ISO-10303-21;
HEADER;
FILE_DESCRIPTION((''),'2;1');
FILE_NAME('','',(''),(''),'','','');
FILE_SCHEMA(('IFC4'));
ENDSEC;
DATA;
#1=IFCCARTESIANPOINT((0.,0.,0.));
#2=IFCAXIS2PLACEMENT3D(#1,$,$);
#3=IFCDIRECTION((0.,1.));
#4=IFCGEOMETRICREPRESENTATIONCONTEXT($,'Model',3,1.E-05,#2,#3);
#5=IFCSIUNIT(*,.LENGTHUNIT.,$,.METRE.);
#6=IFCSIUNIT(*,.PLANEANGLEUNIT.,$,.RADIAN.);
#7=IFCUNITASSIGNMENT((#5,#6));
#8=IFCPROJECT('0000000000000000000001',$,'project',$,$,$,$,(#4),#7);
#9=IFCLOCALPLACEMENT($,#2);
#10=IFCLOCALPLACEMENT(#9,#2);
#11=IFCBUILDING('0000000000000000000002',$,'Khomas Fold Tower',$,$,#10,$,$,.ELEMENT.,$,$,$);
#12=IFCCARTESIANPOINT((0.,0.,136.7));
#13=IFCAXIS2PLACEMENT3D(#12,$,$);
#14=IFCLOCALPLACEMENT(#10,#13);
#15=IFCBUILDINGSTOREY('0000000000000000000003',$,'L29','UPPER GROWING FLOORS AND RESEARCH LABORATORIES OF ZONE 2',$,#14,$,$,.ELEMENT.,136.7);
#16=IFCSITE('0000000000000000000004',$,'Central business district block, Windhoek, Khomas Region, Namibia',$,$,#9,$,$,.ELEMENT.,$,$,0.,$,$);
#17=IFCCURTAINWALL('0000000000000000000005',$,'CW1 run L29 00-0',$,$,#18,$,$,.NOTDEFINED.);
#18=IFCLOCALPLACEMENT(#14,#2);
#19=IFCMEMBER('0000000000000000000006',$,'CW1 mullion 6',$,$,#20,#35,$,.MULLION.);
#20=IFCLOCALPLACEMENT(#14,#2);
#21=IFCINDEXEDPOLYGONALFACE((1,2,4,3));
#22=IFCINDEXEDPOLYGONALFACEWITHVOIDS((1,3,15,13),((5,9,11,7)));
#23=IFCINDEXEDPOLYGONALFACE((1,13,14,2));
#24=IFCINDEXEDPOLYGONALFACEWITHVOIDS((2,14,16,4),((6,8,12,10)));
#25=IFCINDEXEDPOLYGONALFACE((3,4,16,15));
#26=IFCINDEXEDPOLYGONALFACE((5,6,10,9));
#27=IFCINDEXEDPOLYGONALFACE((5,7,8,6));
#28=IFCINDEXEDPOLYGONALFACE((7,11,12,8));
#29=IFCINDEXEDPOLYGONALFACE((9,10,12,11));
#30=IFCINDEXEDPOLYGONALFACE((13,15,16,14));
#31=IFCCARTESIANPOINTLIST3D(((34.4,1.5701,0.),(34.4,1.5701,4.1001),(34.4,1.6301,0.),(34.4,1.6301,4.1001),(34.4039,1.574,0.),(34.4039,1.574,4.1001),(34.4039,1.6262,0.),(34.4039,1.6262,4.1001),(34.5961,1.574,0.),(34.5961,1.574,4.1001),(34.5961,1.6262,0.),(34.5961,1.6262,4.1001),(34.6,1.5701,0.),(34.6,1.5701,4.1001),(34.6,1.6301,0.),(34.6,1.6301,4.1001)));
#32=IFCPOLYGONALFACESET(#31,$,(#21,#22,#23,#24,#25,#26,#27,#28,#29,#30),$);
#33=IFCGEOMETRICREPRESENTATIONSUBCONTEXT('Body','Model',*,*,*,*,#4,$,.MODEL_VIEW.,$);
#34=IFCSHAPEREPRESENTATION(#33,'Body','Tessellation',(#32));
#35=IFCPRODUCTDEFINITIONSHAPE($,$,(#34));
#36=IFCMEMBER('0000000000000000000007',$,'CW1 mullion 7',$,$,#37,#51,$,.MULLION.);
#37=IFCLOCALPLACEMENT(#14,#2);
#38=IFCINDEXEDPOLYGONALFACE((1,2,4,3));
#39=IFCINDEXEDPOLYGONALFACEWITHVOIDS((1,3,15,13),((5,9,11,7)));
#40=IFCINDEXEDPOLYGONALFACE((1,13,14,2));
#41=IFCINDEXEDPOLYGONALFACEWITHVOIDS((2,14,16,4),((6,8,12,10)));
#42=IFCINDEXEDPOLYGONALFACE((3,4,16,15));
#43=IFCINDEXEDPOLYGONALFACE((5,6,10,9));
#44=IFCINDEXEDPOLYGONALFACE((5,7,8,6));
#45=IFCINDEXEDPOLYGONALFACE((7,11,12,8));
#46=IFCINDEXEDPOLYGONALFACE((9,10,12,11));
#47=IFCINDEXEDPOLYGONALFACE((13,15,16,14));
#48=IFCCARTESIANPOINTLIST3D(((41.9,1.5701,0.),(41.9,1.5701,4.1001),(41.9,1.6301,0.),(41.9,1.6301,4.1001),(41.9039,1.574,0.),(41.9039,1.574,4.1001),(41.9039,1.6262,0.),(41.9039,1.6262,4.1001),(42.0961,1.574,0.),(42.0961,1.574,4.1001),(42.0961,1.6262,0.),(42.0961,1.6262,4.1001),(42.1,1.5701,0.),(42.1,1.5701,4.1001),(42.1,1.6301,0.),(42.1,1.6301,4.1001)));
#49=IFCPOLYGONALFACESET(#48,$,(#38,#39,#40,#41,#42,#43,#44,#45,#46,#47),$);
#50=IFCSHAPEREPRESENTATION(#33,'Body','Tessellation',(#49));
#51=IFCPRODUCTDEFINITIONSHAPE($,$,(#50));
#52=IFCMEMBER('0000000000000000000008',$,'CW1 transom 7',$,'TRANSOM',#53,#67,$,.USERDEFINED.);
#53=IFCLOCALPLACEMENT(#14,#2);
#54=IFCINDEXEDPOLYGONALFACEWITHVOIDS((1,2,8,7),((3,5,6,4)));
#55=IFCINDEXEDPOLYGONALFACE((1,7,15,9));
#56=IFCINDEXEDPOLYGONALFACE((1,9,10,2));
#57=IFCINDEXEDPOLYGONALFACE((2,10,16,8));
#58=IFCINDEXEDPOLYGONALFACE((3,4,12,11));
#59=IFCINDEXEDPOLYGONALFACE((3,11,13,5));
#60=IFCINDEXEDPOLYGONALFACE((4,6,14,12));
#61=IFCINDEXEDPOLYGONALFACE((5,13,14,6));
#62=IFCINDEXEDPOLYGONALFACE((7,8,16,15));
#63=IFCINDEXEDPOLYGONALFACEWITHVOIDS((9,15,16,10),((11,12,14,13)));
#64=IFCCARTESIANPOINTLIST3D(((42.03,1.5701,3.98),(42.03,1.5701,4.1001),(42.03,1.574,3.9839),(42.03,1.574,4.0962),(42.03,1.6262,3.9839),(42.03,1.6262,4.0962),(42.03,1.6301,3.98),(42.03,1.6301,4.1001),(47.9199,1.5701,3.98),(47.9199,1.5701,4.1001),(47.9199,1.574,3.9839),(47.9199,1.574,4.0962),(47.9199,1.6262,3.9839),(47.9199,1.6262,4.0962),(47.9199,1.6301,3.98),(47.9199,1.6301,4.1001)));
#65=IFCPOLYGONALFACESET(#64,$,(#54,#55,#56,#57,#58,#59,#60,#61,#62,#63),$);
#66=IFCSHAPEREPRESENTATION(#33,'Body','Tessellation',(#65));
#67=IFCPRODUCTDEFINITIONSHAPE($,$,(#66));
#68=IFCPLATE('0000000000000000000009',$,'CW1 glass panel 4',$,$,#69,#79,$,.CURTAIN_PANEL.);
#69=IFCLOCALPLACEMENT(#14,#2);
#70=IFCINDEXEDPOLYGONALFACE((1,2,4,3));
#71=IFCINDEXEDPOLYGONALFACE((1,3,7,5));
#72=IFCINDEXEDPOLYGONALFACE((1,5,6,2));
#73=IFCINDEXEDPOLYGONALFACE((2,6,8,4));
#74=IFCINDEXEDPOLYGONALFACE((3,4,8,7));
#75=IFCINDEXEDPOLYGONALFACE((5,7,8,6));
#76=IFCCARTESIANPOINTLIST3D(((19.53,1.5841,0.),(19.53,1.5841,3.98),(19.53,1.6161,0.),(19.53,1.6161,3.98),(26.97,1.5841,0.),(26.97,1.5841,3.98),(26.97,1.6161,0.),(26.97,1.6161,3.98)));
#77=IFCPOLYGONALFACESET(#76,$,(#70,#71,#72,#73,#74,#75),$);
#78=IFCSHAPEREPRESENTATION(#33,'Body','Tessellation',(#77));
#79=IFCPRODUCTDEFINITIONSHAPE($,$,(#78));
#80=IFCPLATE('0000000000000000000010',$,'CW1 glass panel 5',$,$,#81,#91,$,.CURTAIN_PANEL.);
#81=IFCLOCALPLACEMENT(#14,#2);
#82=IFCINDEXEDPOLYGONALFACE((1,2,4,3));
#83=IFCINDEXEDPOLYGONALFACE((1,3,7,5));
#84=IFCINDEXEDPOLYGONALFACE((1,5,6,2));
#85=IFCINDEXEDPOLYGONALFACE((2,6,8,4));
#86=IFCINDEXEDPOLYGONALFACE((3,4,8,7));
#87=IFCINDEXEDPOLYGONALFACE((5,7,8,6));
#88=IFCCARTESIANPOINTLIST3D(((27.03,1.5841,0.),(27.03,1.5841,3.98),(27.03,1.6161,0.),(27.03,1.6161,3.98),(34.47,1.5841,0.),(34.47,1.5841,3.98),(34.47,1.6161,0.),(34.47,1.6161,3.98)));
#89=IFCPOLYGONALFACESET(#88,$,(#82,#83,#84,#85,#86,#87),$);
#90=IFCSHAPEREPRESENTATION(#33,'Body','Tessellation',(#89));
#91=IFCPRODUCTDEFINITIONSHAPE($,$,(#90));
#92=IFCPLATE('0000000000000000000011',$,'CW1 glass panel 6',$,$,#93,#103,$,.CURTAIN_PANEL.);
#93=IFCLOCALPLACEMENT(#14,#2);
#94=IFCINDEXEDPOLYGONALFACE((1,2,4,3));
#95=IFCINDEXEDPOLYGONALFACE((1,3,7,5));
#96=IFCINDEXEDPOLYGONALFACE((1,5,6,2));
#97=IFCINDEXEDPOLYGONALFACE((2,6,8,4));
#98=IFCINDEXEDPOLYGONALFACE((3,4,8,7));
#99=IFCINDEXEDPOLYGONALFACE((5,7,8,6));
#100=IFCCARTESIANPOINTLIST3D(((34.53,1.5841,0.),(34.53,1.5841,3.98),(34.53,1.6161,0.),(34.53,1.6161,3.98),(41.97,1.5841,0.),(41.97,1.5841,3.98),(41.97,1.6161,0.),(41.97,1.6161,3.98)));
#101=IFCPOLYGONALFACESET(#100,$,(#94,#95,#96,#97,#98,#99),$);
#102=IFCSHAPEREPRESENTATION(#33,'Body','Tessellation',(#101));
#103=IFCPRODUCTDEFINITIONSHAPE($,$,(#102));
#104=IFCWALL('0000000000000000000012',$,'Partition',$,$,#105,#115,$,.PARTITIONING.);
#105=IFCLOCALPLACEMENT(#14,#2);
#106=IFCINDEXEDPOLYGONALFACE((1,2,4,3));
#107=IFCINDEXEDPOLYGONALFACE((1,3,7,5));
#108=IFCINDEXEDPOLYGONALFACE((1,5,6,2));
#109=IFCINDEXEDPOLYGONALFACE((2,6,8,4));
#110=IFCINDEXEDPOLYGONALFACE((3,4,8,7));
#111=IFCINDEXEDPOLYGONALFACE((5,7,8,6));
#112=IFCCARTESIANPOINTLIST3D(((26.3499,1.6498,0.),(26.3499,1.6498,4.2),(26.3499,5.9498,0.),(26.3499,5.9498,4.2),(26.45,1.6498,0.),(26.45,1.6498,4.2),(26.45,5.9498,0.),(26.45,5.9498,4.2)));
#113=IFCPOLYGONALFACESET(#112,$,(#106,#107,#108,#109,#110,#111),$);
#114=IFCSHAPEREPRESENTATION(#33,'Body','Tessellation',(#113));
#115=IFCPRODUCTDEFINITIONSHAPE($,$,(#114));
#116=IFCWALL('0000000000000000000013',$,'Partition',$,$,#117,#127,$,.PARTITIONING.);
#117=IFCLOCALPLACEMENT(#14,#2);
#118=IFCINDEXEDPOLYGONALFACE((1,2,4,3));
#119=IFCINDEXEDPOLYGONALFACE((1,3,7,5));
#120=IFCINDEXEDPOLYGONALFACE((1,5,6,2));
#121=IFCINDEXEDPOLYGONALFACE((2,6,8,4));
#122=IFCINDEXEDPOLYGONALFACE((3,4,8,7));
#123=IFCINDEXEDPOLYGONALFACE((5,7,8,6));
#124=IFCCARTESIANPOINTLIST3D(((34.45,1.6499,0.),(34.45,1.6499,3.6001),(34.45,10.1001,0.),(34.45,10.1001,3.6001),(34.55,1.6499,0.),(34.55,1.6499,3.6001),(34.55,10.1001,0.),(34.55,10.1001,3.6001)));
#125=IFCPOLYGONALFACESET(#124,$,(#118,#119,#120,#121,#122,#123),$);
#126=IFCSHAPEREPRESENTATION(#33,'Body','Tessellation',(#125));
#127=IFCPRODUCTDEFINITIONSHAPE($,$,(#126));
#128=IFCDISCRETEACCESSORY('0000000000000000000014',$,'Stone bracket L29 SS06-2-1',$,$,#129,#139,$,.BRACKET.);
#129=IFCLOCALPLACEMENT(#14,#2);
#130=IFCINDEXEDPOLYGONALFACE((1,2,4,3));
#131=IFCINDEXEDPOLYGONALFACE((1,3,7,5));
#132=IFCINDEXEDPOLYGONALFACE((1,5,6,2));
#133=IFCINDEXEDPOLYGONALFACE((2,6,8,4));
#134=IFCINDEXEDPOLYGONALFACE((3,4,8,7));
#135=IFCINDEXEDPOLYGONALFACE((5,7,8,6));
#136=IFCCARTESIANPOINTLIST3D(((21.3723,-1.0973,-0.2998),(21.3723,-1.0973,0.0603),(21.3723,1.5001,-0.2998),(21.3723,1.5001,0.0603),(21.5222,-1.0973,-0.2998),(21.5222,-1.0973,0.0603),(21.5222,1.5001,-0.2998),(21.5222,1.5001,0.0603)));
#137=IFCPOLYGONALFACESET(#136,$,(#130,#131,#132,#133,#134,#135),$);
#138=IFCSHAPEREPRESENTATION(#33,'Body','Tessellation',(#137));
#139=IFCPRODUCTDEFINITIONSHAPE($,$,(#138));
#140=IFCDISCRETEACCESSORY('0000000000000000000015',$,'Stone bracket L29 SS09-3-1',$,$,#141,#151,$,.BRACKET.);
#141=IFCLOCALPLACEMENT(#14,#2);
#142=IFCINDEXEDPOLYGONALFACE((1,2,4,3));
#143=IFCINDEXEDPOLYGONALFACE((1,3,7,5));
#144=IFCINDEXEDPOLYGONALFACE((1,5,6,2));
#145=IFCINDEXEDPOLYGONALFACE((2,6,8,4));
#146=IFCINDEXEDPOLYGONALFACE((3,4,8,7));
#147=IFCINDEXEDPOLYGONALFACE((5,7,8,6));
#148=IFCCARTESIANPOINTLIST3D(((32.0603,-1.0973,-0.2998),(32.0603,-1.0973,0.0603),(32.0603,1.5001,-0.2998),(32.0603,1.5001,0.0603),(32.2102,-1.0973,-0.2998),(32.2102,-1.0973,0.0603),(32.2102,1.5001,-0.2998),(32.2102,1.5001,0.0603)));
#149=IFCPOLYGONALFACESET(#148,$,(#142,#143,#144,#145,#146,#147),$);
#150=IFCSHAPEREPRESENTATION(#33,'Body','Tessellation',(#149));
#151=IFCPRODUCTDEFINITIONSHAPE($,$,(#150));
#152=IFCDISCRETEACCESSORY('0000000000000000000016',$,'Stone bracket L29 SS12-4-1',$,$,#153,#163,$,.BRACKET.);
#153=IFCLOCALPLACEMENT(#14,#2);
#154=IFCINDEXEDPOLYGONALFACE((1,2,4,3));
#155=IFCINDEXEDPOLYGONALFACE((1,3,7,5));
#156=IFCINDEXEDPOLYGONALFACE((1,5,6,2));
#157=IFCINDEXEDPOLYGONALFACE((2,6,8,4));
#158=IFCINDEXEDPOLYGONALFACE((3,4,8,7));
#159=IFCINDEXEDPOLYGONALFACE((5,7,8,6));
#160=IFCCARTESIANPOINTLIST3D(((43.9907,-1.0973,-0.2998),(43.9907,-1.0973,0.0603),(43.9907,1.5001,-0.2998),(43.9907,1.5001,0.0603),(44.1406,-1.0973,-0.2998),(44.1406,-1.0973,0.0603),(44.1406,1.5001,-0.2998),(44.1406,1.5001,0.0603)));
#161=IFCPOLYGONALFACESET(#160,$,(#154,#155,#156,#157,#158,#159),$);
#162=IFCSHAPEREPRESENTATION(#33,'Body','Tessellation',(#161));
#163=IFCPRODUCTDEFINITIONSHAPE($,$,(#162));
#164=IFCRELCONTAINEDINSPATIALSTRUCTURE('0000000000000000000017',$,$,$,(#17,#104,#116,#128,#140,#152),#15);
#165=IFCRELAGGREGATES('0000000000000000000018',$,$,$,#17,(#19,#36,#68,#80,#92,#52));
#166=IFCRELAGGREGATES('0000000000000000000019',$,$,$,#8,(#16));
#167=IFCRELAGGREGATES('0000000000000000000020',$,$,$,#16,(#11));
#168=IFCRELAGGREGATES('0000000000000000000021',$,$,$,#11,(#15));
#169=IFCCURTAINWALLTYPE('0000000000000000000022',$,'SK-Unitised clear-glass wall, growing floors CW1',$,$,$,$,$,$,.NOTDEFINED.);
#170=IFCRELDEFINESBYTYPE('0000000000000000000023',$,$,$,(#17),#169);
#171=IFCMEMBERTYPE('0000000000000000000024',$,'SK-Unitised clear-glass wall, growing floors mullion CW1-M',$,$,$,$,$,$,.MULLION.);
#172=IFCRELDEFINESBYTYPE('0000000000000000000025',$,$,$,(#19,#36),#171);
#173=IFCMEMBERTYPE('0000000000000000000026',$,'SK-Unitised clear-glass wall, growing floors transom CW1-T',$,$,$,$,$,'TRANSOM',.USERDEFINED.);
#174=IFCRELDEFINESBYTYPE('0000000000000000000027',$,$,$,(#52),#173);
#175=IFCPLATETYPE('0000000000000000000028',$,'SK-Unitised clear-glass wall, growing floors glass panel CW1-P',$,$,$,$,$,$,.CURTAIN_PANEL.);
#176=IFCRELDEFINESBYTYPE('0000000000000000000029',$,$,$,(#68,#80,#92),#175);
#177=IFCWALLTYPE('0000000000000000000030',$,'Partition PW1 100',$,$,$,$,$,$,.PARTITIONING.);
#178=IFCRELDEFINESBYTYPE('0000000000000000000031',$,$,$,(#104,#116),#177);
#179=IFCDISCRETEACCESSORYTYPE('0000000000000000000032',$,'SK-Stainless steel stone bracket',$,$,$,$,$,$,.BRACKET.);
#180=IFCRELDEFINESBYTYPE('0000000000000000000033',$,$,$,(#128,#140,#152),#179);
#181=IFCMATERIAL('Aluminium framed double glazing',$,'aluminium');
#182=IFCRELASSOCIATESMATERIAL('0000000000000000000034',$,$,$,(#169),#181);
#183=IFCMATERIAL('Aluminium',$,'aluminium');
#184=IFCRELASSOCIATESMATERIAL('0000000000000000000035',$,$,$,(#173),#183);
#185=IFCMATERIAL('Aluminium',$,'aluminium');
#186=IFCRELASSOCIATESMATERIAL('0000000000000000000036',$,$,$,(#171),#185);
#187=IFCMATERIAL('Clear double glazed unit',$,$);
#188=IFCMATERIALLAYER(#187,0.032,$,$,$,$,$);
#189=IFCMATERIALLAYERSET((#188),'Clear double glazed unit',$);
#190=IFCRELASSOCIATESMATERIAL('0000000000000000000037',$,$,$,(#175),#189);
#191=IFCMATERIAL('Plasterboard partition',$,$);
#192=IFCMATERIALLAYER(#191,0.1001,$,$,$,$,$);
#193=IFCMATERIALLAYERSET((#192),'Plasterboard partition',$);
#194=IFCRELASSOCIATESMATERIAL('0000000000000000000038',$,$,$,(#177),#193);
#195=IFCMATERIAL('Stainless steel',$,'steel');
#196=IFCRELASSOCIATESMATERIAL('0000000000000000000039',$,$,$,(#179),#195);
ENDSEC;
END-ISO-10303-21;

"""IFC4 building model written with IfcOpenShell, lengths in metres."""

from ifc_helpers import new_model, si_unit, direction, frame, frame_2d, origin, origin_2d, place, context, subcontext, project, spatial, rectangle, hollow_rectangle, extrude, source, transform, mapped, material, layer, layer_set, material_profile, profile_set, type_object, element, aggregate, save


model = new_model("IFC4")

# Units and contexts
model_context = context("Model", 3, precision=1e-05, world=origin(), true_north=direction((0.0, 1.0)))
body_context = subcontext(model_context, "Body", "Model", "MODEL_VIEW")
ifc_project = project(units=[si_unit("LENGTHUNIT", "METRE"), si_unit("PLANEANGLEUNIT", "RADIAN")], contexts=[model_context])

# Site, building, storey
site_placement = place(None, origin())
site = spatial("IfcSite", under=ifc_project, at=site_placement, Name="Central business district block, Windhoek, Khomas Region, Namibia", CompositionType="ELEMENT", RefElevation=0.0)
building_placement = place(site_placement, origin())
building = spatial("IfcBuilding", under=site, at=building_placement, Name="Khomas Fold Tower", CompositionType="ELEMENT")
storey_placement = place(building_placement, frame((0.0, 0.0, 136.7)))
storey = spatial("IfcBuildingStorey", under=building, at=storey_placement, Name="L29", Description="UPPER GROWING FLOORS AND RESEARCH LABORATORIES OF ZONE 2", CompositionType="ELEMENT", Elevation=136.7)

# Curtain wall, members, plates
ifc_material_1 = material(Name="Aluminium framed double glazing", Category="aluminium")
curtain_wall_type = type_object("IfcCurtainWallType", Name="SK-Unitised clear-glass wall, growing floors CW1", PredefinedType="NOTDEFINED", material=ifc_material_1)
curtain_wall_placement = place(storey_placement, origin())
curtain_wall = element("IfcCurtainWall", 1, at=curtain_wall_placement, inside=storey, type_object=curtain_wall_type, Name="CW1 run L29 00-0", PredefinedType="NOTDEFINED")
ifc_material_2 = material(Name="Aluminium", Category="aluminium")
ifc_material_profile_1 = material_profile(ifc_material_2, hollow_rectangle(XDim=0.0601, YDim=0.1201, WallThickness=0.0039, at=origin_2d()), Name="SK-Unitised clear-glass wall, growing floors transom CW1-T")
ifc_profile_set_1 = profile_set([ifc_material_profile_1], Name="Aluminium")
member_type_1 = type_object("IfcMemberType", Name="SK-Unitised clear-glass wall, growing floors transom CW1-T", ElementType="TRANSOM", PredefinedType="USERDEFINED", material=ifc_profile_set_1)
ifc_material_3 = material(Name="Aluminium", Category="aluminium")
ifc_material_profile_2 = material_profile(ifc_material_3, hollow_rectangle(XDim=0.0601, YDim=0.2, WallThickness=0.0039, at=origin_2d()), Name="SK-Unitised clear-glass wall, growing floors mullion CW1-M")
ifc_profile_set_2 = profile_set([ifc_material_profile_2], Name="Aluminium")
member_type_2 = type_object("IfcMemberType", Name="SK-Unitised clear-glass wall, growing floors mullion CW1-M", PredefinedType="MULLION", material=ifc_profile_set_2)
shared_shape_1 = source(origin(), body_context, "Body", "SweptSolid", [
    extrude(hollow_rectangle(XDim=0.0601, YDim=0.2, WallThickness=0.0039, at=origin_2d()), origin(), (0.0, 0.0, 1.0), 4.1001),
])
member_1_placement = place(storey_placement, frame((34.5, 1.6001, 0.0), z_axis=(0.0, 0.0, 1.0), x_axis=(0.0, 1.0, 0.0)))
member_1 = element("IfcMember", 2, at=member_1_placement, type_object=member_type_2, Name="CW1 mullion 6", PredefinedType="MULLION", context=body_context, shape_type="MappedRepresentation", body=[
    mapped(shared_shape_1, transform((0.0, 0.0, 0.0))),
])
member_2_placement = place(storey_placement, frame((42.0, 1.6001, 0.0), z_axis=(0.0, 0.0, 1.0), x_axis=(0.0, 1.0, 0.0)))
member_2 = element("IfcMember", 3, at=member_2_placement, type_object=member_type_2, Name="CW1 mullion 7", PredefinedType="MULLION", context=body_context, shape_type="MappedRepresentation", body=[
    mapped(shared_shape_1, transform((0.0, 0.0, 0.0))),
])
shared_shape_2 = source(origin(), body_context, "Body", "SweptSolid", [
    extrude(hollow_rectangle(XDim=0.0601, YDim=0.1201, WallThickness=0.0039, at=origin_2d()), origin(), (0.0, 0.0, 1.0), 5.8899),
])
member_3_placement = place(storey_placement, frame((42.03, 1.6001, 4.04), z_axis=(1.0, 0.0, 0.0), x_axis=(0.0, 1.0, 0.0)))
member_3 = element("IfcMember", 4, at=member_3_placement, type_object=member_type_1, Name="CW1 transom 7", ObjectType="TRANSOM", PredefinedType="USERDEFINED", context=body_context, shape_type="MappedRepresentation", body=[
    mapped(shared_shape_2, transform((0.0, 0.0, 0.0))),
])
ifc_material_4 = material(Name="Clear double glazed unit")
ifc_layer_1 = layer(ifc_material_4, 0.032)
ifc_layer_set_1 = layer_set([ifc_layer_1], Name="Clear double glazed unit")
plate_type = type_object("IfcPlateType", Name="SK-Unitised clear-glass wall, growing floors glass panel CW1-P", PredefinedType="CURTAIN_PANEL", material=ifc_layer_set_1)
shared_shape_3 = source(origin(), body_context, "Body", "SweptSolid", [
    extrude(rectangle(XDim=7.4399, YDim=0.032, at=origin_2d()), origin(), (0.0, 0.0, 1.0), 3.98),
])
plate_1_placement = place(storey_placement, frame((23.25, 1.6001, 0.0), z_axis=(0.0, 0.0, 1.0), x_axis=(1.0, 0.0, 0.0)))
plate_1 = element("IfcPlate", 5, at=plate_1_placement, type_object=plate_type, Name="CW1 glass panel 4", PredefinedType="CURTAIN_PANEL", context=body_context, shape_type="MappedRepresentation", body=[
    mapped(shared_shape_3, transform((0.0, 0.0, 0.0))),
])
plate_2_placement = place(storey_placement, frame((30.75, 1.6001, 0.0), z_axis=(0.0, 0.0, 1.0), x_axis=(1.0, 0.0, 0.0)))
plate_2 = element("IfcPlate", 6, at=plate_2_placement, type_object=plate_type, Name="CW1 glass panel 5", PredefinedType="CURTAIN_PANEL", context=body_context, shape_type="MappedRepresentation", body=[
    mapped(shared_shape_3, transform((0.0, 0.0, 0.0))),
])
plate_3_placement = place(storey_placement, frame((38.25, 1.6001, 0.0), z_axis=(0.0, 0.0, 1.0), x_axis=(1.0, 0.0, 0.0)))
plate_3 = element("IfcPlate", 7, at=plate_3_placement, type_object=plate_type, Name="CW1 glass panel 6", PredefinedType="CURTAIN_PANEL", context=body_context, shape_type="MappedRepresentation", body=[
    mapped(shared_shape_3, transform((0.0, 0.0, 0.0))),
])
aggregate(curtain_wall, [member_1, member_2, plate_1, plate_2, plate_3, member_3])

# Walls
ifc_material_5 = material(Name="Plasterboard partition")
ifc_layer_2 = layer(ifc_material_5, 0.1001)
ifc_layer_set_2 = layer_set([ifc_layer_2], Name="Plasterboard partition")
wall_type = type_object("IfcWallType", Name="Partition PW1 100", PredefinedType="PARTITIONING", material=ifc_layer_set_2)
shared_shape_4 = source(origin(), body_context, "Body", "SweptSolid", [
    extrude(rectangle(XDim=4.3, YDim=0.1001, at=frame_2d((2.1499, 0.0))), origin(), (0.0, 0.0, 1.0), 4.2),
])
wall_1_placement = place(storey_placement, frame((26.3999, 1.6499, 0.0), z_axis=(0.0, 0.0, 1.0), x_axis=(0.0, 1.0, 0.0)))
element("IfcWall", 8, at=wall_1_placement, inside=storey, type_object=wall_type, Name="Partition", PredefinedType="PARTITIONING", context=body_context, shape_type="MappedRepresentation", body=[
    mapped(shared_shape_4, transform((0.0, 0.0, 0.0))),
])
shared_shape_5 = source(origin(), body_context, "Body", "SweptSolid", [
    extrude(rectangle(XDim=8.4502, YDim=0.1001, at=frame_2d((4.2251, 0.0))), origin(), (0.0, 0.0, 1.0), 3.6001),
])
wall_2_placement = place(storey_placement, frame((34.5, 1.6499, 0.0), z_axis=(0.0, 0.0, 1.0), x_axis=(0.0, 1.0, 0.0)))
element("IfcWall", 9, at=wall_2_placement, inside=storey, type_object=wall_type, Name="Partition", PredefinedType="PARTITIONING", context=body_context, shape_type="MappedRepresentation", body=[
    mapped(shared_shape_5, transform((0.0, 0.0, 0.0))),
])

# Discrete accessories
ifc_material_6 = material(Name="Stainless steel", Category="steel")
discrete_accessory_type = type_object("IfcDiscreteAccessoryType", Name="SK-Stainless steel stone bracket", PredefinedType="BRACKET", material=ifc_material_6)
shared_shape_6 = source(origin(), body_context, "Body", "SweptSolid", [
    extrude(rectangle(XDim=2.5974, YDim=0.1499, at=origin_2d()), origin(), (0.0, 0.0, 1.0), 0.3601),
])
for number, where, z_axis, x_axis, name in (
    (10, (21.4473, 0.2014, -0.2998), (0.0, 0.0, 1.0), (0.0, -1.0, 0.0), "Stone bracket L29 SS06-2-1"),
    (11, (32.1353, 0.2014, -0.2998), (0.0, 0.0, 1.0), (0.0, -1.0, 0.0), "Stone bracket L29 SS09-3-1"),
    (12, (44.0657, 0.2014, -0.2998), (0.0, 0.0, 1.0), (0.0, -1.0, 0.0), "Stone bracket L29 SS12-4-1"),
):
    element("IfcDiscreteAccessory", number, at=place(storey_placement, frame(where, z_axis=z_axis, x_axis=x_axis)), inside=storey, type_object=discrete_accessory_type, Name=name, PredefinedType="BRACKET", context=body_context, shape_type="MappedRepresentation", body=[
        mapped(shared_shape_6, transform((0.0, 0.0, 0.0))),
    ])

save(model, "model.ifc")
